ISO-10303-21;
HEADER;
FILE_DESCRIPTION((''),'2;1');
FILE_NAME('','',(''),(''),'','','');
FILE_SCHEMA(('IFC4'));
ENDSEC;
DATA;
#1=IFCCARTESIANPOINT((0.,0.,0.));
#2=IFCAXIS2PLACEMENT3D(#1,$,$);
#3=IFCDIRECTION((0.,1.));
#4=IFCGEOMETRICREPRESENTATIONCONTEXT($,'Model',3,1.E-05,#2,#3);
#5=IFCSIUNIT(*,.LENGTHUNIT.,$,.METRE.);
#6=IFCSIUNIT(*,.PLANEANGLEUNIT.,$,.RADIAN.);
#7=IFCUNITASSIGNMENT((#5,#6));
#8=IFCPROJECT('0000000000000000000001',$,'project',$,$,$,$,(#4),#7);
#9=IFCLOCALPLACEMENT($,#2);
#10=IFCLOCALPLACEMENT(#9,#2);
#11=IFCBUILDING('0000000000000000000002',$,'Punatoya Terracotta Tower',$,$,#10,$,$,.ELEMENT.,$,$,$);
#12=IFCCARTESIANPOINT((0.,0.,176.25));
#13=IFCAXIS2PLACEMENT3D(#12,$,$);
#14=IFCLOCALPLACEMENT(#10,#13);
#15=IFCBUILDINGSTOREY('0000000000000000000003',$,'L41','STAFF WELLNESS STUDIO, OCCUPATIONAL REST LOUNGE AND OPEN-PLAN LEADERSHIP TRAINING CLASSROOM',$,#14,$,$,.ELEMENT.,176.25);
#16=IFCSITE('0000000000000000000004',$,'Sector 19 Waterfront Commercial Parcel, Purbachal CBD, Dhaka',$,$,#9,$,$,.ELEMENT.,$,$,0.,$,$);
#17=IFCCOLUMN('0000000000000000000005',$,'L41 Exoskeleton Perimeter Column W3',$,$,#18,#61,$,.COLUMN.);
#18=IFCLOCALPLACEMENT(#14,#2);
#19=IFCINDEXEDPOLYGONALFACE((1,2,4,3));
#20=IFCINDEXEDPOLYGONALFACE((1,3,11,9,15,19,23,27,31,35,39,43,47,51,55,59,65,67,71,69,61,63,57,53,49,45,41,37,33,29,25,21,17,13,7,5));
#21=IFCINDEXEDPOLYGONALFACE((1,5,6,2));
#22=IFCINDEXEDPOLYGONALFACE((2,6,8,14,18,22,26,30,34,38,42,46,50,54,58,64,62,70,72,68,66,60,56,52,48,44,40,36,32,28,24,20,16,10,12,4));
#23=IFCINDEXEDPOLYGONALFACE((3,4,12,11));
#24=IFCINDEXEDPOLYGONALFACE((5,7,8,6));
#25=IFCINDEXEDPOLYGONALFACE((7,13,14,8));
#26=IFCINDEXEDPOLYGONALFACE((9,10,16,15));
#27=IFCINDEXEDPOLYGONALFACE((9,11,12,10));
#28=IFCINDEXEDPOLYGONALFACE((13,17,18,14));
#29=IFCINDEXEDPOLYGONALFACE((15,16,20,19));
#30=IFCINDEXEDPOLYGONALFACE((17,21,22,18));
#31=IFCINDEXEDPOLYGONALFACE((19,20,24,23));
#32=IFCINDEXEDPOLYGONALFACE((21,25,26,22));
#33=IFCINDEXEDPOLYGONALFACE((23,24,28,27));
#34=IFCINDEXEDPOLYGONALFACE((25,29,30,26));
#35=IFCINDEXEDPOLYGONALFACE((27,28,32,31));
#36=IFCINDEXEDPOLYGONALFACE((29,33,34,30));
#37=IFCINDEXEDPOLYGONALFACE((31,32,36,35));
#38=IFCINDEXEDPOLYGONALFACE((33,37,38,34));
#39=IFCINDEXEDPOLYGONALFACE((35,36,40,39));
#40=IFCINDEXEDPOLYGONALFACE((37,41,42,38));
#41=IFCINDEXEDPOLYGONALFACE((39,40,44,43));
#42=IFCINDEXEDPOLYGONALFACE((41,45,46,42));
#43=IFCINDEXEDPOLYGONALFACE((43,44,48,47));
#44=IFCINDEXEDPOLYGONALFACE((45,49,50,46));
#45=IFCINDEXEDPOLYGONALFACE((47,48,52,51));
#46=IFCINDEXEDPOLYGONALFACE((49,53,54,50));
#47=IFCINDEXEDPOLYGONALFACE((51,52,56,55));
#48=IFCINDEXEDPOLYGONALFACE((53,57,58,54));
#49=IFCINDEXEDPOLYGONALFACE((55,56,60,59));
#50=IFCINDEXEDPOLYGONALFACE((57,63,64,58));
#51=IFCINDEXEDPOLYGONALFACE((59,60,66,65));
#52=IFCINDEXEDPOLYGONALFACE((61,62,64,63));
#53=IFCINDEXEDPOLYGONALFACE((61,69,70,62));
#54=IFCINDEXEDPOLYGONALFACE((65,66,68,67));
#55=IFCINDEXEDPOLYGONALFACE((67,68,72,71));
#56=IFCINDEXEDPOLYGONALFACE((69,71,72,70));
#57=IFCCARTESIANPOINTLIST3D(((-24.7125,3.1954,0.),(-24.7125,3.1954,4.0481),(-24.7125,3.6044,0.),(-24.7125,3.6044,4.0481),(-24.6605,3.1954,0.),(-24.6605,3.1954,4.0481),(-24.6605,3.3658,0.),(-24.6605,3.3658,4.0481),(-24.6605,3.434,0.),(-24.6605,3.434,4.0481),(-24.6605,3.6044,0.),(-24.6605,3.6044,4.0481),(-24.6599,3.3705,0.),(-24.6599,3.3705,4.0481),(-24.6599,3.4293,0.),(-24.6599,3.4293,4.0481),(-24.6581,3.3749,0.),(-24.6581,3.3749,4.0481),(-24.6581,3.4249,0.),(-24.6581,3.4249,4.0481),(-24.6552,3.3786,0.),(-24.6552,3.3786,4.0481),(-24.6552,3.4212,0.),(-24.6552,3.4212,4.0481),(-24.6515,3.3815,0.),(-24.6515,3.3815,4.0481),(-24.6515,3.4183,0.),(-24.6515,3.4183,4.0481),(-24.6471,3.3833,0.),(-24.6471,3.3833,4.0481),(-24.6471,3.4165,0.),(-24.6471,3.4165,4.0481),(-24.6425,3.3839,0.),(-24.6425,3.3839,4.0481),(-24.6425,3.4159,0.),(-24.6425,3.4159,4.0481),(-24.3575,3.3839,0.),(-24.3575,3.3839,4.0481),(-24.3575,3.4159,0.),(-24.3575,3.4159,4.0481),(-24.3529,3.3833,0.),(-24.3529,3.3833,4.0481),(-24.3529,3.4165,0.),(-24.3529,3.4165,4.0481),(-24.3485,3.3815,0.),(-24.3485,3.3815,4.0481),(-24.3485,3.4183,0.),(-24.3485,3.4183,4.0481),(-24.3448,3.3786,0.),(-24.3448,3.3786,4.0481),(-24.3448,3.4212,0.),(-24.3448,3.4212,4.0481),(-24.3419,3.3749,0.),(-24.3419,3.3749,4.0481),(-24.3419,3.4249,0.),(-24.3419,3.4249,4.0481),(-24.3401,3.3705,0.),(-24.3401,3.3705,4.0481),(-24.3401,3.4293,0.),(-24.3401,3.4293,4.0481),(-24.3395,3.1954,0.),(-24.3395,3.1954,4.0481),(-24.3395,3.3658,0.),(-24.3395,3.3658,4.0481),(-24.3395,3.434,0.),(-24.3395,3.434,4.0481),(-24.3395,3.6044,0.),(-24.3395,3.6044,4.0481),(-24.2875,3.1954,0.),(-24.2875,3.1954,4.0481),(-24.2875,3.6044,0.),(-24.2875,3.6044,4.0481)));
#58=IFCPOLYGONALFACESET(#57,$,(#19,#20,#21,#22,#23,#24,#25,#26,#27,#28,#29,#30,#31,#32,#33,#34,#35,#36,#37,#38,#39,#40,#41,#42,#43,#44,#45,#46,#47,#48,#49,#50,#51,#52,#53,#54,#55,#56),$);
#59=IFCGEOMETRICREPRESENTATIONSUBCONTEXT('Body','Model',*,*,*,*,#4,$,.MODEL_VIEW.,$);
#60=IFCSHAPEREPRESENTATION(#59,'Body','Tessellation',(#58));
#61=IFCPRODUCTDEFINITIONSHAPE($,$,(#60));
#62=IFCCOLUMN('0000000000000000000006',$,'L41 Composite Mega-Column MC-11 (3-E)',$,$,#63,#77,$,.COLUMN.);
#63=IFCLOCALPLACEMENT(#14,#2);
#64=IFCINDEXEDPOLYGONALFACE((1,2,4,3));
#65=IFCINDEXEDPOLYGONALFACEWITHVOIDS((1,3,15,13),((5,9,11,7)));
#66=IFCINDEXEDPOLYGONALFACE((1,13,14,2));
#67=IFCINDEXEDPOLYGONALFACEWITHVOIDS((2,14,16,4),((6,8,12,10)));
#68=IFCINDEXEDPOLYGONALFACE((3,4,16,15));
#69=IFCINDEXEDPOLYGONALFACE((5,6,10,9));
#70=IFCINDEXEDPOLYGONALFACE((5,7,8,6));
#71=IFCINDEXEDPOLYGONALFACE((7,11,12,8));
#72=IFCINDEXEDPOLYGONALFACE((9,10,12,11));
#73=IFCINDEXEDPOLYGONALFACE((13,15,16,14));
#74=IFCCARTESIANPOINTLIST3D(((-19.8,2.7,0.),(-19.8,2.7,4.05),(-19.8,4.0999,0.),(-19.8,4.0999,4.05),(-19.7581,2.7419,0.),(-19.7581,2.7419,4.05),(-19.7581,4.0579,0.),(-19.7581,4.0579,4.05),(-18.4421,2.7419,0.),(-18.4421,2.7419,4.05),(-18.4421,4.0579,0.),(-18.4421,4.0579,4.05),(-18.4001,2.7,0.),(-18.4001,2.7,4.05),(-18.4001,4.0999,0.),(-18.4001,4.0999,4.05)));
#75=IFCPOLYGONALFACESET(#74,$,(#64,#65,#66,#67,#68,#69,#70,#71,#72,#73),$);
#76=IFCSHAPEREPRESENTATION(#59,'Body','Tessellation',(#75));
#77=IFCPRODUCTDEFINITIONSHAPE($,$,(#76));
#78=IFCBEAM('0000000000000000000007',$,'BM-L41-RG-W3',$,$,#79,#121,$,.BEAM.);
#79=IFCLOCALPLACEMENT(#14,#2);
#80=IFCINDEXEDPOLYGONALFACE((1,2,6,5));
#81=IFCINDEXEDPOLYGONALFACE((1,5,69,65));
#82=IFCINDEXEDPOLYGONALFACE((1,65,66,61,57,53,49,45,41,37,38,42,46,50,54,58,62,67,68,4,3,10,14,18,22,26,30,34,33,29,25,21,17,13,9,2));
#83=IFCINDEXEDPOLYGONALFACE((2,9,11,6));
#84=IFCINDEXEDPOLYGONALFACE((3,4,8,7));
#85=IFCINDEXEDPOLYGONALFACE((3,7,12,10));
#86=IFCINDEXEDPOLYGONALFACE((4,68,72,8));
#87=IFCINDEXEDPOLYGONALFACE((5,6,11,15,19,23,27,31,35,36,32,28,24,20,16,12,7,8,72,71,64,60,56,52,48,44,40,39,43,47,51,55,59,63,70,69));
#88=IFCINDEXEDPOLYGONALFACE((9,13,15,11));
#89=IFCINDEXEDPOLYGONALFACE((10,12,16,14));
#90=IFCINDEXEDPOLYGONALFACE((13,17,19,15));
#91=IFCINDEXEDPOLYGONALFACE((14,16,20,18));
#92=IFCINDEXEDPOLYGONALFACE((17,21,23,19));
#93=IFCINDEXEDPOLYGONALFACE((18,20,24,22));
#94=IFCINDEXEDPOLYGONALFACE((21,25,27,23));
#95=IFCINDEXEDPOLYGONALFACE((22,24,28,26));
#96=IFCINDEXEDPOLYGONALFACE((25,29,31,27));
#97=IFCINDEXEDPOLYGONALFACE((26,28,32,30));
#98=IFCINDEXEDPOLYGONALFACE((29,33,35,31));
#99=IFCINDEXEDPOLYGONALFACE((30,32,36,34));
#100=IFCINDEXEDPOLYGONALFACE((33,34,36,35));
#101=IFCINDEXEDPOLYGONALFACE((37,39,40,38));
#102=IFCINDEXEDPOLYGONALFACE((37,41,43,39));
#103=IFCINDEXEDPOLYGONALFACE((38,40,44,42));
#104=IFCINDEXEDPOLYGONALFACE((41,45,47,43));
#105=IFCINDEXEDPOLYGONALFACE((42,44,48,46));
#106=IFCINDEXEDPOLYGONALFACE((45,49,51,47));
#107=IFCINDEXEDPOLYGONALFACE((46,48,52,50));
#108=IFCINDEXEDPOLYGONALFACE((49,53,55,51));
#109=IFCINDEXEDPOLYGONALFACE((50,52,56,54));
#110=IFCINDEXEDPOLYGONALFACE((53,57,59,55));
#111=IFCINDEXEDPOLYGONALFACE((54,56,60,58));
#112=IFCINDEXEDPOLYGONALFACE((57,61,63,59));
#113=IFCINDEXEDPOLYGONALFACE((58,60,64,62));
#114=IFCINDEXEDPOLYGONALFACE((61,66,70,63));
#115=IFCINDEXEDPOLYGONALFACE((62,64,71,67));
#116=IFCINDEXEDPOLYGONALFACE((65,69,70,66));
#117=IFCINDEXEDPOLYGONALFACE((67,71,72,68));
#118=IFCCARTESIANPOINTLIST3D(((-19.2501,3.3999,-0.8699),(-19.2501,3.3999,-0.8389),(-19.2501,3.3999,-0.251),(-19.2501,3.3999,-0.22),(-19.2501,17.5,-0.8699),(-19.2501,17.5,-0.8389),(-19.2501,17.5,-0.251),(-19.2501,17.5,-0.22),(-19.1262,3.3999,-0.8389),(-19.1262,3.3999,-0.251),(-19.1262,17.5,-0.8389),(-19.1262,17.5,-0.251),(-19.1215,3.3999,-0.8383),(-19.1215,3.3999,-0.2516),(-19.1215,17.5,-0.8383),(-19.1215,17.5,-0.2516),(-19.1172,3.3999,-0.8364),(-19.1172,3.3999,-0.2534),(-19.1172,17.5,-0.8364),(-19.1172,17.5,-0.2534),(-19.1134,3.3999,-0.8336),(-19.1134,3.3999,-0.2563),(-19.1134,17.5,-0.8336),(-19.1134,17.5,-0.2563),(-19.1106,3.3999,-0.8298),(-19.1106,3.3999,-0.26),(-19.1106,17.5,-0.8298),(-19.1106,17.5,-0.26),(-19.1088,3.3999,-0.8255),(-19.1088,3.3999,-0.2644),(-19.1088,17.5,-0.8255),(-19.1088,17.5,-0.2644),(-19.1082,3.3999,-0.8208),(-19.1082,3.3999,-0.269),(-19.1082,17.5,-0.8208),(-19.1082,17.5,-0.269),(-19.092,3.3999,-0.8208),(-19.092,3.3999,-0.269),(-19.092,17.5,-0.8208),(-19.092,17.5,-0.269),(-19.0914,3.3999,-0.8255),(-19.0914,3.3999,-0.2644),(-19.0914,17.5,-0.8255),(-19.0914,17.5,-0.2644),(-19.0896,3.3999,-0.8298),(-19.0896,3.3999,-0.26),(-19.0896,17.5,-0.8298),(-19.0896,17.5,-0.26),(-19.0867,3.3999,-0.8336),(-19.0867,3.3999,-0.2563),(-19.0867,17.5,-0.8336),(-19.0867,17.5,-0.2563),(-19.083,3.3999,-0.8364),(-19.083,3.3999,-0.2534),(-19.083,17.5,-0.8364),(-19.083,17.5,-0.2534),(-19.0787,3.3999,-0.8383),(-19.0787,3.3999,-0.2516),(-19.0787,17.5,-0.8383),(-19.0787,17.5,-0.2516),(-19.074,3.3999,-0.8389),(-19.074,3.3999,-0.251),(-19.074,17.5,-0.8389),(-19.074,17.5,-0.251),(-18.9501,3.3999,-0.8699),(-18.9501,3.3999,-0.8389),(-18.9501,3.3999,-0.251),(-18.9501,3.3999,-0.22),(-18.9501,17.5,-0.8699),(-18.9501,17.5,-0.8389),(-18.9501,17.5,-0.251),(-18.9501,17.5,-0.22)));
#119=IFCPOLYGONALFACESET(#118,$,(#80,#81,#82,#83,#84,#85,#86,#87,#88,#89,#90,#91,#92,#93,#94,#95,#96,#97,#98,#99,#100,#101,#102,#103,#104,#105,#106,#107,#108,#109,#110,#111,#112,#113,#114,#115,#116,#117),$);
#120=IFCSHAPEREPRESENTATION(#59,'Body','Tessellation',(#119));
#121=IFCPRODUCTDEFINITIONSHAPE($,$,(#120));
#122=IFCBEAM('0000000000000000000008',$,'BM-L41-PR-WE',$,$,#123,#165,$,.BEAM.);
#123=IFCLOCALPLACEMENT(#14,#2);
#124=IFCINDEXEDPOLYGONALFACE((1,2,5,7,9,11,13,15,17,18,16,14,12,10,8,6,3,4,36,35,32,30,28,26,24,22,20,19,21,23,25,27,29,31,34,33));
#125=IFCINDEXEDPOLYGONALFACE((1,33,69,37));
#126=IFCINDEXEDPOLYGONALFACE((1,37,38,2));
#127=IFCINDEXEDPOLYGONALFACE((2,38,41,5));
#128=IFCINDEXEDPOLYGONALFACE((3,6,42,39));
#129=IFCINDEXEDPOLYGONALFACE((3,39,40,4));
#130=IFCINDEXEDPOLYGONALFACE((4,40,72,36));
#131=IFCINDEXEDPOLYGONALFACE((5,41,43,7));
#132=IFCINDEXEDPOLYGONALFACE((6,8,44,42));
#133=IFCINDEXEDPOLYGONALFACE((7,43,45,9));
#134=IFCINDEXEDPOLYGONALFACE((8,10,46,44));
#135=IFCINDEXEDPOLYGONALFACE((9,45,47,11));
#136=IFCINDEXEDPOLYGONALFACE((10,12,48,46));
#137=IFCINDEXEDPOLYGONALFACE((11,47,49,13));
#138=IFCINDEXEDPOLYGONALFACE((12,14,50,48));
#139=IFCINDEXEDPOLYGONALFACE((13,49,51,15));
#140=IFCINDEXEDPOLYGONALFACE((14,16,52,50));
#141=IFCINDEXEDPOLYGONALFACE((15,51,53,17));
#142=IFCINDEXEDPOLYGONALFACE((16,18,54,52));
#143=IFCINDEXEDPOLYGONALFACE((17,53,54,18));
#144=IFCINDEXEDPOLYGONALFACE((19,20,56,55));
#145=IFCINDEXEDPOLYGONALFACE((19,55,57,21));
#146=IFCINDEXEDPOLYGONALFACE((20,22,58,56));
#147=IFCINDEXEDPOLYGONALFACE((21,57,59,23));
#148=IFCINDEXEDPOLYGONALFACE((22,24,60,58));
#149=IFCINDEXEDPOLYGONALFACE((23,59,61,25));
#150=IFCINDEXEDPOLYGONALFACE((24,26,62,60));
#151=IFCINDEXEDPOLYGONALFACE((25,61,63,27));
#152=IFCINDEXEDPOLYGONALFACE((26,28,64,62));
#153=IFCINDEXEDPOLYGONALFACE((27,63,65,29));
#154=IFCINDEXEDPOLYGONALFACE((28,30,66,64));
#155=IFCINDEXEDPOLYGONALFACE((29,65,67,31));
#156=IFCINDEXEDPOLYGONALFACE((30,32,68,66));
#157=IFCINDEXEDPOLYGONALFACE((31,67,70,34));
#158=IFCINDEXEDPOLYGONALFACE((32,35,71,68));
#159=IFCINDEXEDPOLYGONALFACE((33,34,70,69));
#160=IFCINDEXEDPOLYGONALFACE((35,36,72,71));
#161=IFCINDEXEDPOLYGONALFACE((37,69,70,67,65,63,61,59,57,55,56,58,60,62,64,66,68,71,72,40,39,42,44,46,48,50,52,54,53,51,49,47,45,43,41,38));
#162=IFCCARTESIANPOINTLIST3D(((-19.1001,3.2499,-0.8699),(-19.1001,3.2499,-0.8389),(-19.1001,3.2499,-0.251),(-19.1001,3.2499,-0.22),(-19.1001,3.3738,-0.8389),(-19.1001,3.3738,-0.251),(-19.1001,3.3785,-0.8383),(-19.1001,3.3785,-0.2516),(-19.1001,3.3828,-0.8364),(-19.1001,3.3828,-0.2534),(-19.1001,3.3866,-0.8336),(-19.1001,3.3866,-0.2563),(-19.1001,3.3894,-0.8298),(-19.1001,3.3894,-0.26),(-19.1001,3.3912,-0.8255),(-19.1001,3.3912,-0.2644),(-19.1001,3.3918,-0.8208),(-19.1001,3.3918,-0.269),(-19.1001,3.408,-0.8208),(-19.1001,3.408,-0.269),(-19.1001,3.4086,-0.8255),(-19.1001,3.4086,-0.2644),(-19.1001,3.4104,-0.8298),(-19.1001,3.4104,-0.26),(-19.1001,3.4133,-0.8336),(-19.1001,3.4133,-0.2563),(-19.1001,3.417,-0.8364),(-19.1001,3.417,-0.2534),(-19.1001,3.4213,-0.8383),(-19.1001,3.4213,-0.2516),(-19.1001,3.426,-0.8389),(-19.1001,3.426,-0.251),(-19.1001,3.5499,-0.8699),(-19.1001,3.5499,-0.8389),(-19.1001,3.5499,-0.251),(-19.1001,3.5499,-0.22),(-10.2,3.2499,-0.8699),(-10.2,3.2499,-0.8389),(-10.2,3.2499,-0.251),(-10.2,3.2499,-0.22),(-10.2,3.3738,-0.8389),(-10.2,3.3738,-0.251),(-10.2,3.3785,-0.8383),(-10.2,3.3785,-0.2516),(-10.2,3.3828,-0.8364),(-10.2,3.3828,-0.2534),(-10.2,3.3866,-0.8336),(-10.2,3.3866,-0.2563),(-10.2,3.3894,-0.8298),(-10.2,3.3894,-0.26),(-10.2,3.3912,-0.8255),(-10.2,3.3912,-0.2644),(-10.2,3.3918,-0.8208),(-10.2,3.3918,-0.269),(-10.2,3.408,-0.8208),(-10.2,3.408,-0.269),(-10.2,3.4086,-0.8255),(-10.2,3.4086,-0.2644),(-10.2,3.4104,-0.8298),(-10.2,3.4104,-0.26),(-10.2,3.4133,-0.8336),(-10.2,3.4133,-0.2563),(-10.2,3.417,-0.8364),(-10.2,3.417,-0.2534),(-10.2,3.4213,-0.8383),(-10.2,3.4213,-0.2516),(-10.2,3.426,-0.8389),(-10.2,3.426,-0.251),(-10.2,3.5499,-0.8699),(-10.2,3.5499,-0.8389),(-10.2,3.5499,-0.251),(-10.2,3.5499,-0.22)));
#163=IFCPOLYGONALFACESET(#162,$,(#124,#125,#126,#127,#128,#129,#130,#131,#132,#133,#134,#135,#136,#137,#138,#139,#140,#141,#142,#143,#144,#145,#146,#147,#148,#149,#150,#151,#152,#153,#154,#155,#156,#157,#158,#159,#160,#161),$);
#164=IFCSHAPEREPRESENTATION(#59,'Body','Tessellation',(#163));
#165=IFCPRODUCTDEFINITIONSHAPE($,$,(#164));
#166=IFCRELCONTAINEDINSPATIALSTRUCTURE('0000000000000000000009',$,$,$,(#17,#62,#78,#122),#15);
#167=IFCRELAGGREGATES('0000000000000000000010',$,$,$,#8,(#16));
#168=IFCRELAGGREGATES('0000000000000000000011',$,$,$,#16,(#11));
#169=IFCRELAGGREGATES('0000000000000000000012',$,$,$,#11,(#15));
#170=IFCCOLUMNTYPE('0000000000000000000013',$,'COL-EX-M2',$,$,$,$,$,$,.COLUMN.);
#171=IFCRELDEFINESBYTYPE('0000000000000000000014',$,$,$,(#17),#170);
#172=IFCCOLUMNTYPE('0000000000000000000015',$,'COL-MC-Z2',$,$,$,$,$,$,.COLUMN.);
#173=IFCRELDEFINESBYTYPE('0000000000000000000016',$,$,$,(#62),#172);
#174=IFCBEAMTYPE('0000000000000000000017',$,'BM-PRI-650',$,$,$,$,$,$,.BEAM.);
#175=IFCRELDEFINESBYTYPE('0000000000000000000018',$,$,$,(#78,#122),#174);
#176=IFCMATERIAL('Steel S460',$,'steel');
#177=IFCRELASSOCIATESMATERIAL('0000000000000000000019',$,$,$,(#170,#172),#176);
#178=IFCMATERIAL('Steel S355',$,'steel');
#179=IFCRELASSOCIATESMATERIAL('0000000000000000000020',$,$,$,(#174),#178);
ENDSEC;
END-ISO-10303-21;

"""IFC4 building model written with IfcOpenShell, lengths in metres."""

from ifc_helpers import new_model, si_unit, direction, frame, origin, origin_2d, place, context, subcontext, project, spatial, hollow_rectangle, i_section, extrude, material, material_profile, profile_set, type_object, element, save


model = new_model("IFC4")

# Units and contexts
model_context = context("Model", 3, precision=1e-05, world=origin(), true_north=direction((0.0, 1.0)))
body_context = subcontext(model_context, "Body", "Model", "MODEL_VIEW")
ifc_project = project(units=[si_unit("LENGTHUNIT", "METRE"), si_unit("PLANEANGLEUNIT", "RADIAN")], contexts=[model_context])

# Site, building, storey
site_placement = place(None, origin())
site = spatial("IfcSite", under=ifc_project, at=site_placement, Name="Sector 19 Waterfront Commercial Parcel, Purbachal CBD, Dhaka", CompositionType="ELEMENT", RefElevation=0.0)
building_placement = place(site_placement, origin())
building = spatial("IfcBuilding", under=site, at=building_placement, Name="Punatoya Terracotta Tower", CompositionType="ELEMENT")
storey_placement = place(building_placement, frame((0.0, 0.0, 176.25)))
storey = spatial("IfcBuildingStorey", under=building, at=storey_placement, Name="L41", Description="STAFF WELLNESS STUDIO, OCCUPATIONAL REST LOUNGE AND OPEN-PLAN LEADERSHIP TRAINING CLASSROOM", CompositionType="ELEMENT", Elevation=176.25)

# Columns
ifc_material_1 = material(Name="Steel S460", Category="steel")
ifc_material_profile_1 = material_profile(ifc_material_1, i_section(OverallWidth=0.4089, OverallDepth=0.425, WebThickness=0.032, FlangeThickness=0.052, FilletRadius=0.0181, at=origin_2d()))
ifc_profile_set_1 = profile_set([ifc_material_profile_1], Name="Steel S460")
column_type_1 = type_object("IfcColumnType", Name="COL-EX-M2", PredefinedType="COLUMN", material=ifc_profile_set_1)
column_1_placement = place(storey_placement, frame((-24.5, 3.3999, 0.0), z_axis=(0.0, 0.0, 1.0), x_axis=(0.0, 1.0, 0.0)))
element("IfcColumn", 1, at=column_1_placement, inside=storey, type_object=column_type_1, Name="L41 Exoskeleton Perimeter Column W3", PredefinedType="COLUMN", context=body_context, shape_type="SweptSolid", body=[
    extrude(i_section(OverallWidth=0.4089, OverallDepth=0.425, WebThickness=0.032, FlangeThickness=0.052, FilletRadius=0.0181, at=origin_2d()), origin(), (0.0, 0.0, 1.0), 4.0481),
])
ifc_material_profile_2 = material_profile(ifc_material_1, hollow_rectangle(XDim=1.3999, YDim=1.3999, WallThickness=0.042, at=origin_2d()))
ifc_profile_set_2 = profile_set([ifc_material_profile_2], Name="Steel S460")
column_type_2 = type_object("IfcColumnType", Name="COL-MC-Z2", PredefinedType="COLUMN", material=ifc_profile_set_2)
column_2_placement = place(storey_placement, frame((-19.1001, 3.3999, 0.0), z_axis=(0.0, 0.0, 1.0), x_axis=(1.0, 0.0, 0.0)))
element("IfcColumn", 2, at=column_2_placement, inside=storey, type_object=column_type_2, Name="L41 Composite Mega-Column MC-11 (3-E)", PredefinedType="COLUMN", context=body_context, shape_type="SweptSolid", body=[
    extrude(hollow_rectangle(XDim=1.3999, YDim=1.3999, WallThickness=0.042, at=origin_2d()), origin(), (0.0, 0.0, 1.0), 4.05),
])

# Beams
ifc_material_2 = material(Name="Steel S355", Category="steel")
ifc_material_profile_3 = material_profile(ifc_material_2, i_section(OverallWidth=0.3, OverallDepth=0.6499, WebThickness=0.0161, FlangeThickness=0.031, FilletRadius=0.0181, at=origin_2d()))
ifc_profile_set_3 = profile_set([ifc_material_profile_3], Name="Steel S355")
beam_type_1 = type_object("IfcBeamType", Name="BM-PRI-650", PredefinedType="BEAM", material=ifc_profile_set_3)
beam_1_placement = place(storey_placement, frame((-19.1001, 3.3999, -0.5449), z_axis=(0.0, 1.0, 0.0), x_axis=(-1.0, 0.0, 0.0)))
element("IfcBeam", 3, at=beam_1_placement, inside=storey, type_object=beam_type_1, Name="BM-L41-RG-W3", PredefinedType="BEAM", context=body_context, shape_type="SweptSolid", body=[
    extrude(i_section(OverallWidth=0.3, OverallDepth=0.6499, WebThickness=0.0161, FlangeThickness=0.031, FilletRadius=0.0181, at=origin_2d()), origin(), (0.0, 0.0, 1.0), 14.1001),
])
for number, where, z_axis, x_axis, name in (
    (4, (-19.1001, 3.3999, -0.5449), (1.0, 0.0, 0.0), (0.0, 1.0, 0.0), "BM-L41-PR-WE"),
):
    element("IfcBeam", number, at=place(storey_placement, frame(where, z_axis=z_axis, x_axis=x_axis)), inside=storey, type_object=beam_type_1, Name=name, PredefinedType="BEAM", context=body_context, shape_type="SweptSolid", body=[
        extrude(i_section(OverallWidth=0.3, OverallDepth=0.6499, WebThickness=0.0161, FlangeThickness=0.031, FilletRadius=0.0181, at=origin_2d()), origin(), (0.0, 0.0, 1.0), 8.9001),
    ])

save(model, "model.ifc")
